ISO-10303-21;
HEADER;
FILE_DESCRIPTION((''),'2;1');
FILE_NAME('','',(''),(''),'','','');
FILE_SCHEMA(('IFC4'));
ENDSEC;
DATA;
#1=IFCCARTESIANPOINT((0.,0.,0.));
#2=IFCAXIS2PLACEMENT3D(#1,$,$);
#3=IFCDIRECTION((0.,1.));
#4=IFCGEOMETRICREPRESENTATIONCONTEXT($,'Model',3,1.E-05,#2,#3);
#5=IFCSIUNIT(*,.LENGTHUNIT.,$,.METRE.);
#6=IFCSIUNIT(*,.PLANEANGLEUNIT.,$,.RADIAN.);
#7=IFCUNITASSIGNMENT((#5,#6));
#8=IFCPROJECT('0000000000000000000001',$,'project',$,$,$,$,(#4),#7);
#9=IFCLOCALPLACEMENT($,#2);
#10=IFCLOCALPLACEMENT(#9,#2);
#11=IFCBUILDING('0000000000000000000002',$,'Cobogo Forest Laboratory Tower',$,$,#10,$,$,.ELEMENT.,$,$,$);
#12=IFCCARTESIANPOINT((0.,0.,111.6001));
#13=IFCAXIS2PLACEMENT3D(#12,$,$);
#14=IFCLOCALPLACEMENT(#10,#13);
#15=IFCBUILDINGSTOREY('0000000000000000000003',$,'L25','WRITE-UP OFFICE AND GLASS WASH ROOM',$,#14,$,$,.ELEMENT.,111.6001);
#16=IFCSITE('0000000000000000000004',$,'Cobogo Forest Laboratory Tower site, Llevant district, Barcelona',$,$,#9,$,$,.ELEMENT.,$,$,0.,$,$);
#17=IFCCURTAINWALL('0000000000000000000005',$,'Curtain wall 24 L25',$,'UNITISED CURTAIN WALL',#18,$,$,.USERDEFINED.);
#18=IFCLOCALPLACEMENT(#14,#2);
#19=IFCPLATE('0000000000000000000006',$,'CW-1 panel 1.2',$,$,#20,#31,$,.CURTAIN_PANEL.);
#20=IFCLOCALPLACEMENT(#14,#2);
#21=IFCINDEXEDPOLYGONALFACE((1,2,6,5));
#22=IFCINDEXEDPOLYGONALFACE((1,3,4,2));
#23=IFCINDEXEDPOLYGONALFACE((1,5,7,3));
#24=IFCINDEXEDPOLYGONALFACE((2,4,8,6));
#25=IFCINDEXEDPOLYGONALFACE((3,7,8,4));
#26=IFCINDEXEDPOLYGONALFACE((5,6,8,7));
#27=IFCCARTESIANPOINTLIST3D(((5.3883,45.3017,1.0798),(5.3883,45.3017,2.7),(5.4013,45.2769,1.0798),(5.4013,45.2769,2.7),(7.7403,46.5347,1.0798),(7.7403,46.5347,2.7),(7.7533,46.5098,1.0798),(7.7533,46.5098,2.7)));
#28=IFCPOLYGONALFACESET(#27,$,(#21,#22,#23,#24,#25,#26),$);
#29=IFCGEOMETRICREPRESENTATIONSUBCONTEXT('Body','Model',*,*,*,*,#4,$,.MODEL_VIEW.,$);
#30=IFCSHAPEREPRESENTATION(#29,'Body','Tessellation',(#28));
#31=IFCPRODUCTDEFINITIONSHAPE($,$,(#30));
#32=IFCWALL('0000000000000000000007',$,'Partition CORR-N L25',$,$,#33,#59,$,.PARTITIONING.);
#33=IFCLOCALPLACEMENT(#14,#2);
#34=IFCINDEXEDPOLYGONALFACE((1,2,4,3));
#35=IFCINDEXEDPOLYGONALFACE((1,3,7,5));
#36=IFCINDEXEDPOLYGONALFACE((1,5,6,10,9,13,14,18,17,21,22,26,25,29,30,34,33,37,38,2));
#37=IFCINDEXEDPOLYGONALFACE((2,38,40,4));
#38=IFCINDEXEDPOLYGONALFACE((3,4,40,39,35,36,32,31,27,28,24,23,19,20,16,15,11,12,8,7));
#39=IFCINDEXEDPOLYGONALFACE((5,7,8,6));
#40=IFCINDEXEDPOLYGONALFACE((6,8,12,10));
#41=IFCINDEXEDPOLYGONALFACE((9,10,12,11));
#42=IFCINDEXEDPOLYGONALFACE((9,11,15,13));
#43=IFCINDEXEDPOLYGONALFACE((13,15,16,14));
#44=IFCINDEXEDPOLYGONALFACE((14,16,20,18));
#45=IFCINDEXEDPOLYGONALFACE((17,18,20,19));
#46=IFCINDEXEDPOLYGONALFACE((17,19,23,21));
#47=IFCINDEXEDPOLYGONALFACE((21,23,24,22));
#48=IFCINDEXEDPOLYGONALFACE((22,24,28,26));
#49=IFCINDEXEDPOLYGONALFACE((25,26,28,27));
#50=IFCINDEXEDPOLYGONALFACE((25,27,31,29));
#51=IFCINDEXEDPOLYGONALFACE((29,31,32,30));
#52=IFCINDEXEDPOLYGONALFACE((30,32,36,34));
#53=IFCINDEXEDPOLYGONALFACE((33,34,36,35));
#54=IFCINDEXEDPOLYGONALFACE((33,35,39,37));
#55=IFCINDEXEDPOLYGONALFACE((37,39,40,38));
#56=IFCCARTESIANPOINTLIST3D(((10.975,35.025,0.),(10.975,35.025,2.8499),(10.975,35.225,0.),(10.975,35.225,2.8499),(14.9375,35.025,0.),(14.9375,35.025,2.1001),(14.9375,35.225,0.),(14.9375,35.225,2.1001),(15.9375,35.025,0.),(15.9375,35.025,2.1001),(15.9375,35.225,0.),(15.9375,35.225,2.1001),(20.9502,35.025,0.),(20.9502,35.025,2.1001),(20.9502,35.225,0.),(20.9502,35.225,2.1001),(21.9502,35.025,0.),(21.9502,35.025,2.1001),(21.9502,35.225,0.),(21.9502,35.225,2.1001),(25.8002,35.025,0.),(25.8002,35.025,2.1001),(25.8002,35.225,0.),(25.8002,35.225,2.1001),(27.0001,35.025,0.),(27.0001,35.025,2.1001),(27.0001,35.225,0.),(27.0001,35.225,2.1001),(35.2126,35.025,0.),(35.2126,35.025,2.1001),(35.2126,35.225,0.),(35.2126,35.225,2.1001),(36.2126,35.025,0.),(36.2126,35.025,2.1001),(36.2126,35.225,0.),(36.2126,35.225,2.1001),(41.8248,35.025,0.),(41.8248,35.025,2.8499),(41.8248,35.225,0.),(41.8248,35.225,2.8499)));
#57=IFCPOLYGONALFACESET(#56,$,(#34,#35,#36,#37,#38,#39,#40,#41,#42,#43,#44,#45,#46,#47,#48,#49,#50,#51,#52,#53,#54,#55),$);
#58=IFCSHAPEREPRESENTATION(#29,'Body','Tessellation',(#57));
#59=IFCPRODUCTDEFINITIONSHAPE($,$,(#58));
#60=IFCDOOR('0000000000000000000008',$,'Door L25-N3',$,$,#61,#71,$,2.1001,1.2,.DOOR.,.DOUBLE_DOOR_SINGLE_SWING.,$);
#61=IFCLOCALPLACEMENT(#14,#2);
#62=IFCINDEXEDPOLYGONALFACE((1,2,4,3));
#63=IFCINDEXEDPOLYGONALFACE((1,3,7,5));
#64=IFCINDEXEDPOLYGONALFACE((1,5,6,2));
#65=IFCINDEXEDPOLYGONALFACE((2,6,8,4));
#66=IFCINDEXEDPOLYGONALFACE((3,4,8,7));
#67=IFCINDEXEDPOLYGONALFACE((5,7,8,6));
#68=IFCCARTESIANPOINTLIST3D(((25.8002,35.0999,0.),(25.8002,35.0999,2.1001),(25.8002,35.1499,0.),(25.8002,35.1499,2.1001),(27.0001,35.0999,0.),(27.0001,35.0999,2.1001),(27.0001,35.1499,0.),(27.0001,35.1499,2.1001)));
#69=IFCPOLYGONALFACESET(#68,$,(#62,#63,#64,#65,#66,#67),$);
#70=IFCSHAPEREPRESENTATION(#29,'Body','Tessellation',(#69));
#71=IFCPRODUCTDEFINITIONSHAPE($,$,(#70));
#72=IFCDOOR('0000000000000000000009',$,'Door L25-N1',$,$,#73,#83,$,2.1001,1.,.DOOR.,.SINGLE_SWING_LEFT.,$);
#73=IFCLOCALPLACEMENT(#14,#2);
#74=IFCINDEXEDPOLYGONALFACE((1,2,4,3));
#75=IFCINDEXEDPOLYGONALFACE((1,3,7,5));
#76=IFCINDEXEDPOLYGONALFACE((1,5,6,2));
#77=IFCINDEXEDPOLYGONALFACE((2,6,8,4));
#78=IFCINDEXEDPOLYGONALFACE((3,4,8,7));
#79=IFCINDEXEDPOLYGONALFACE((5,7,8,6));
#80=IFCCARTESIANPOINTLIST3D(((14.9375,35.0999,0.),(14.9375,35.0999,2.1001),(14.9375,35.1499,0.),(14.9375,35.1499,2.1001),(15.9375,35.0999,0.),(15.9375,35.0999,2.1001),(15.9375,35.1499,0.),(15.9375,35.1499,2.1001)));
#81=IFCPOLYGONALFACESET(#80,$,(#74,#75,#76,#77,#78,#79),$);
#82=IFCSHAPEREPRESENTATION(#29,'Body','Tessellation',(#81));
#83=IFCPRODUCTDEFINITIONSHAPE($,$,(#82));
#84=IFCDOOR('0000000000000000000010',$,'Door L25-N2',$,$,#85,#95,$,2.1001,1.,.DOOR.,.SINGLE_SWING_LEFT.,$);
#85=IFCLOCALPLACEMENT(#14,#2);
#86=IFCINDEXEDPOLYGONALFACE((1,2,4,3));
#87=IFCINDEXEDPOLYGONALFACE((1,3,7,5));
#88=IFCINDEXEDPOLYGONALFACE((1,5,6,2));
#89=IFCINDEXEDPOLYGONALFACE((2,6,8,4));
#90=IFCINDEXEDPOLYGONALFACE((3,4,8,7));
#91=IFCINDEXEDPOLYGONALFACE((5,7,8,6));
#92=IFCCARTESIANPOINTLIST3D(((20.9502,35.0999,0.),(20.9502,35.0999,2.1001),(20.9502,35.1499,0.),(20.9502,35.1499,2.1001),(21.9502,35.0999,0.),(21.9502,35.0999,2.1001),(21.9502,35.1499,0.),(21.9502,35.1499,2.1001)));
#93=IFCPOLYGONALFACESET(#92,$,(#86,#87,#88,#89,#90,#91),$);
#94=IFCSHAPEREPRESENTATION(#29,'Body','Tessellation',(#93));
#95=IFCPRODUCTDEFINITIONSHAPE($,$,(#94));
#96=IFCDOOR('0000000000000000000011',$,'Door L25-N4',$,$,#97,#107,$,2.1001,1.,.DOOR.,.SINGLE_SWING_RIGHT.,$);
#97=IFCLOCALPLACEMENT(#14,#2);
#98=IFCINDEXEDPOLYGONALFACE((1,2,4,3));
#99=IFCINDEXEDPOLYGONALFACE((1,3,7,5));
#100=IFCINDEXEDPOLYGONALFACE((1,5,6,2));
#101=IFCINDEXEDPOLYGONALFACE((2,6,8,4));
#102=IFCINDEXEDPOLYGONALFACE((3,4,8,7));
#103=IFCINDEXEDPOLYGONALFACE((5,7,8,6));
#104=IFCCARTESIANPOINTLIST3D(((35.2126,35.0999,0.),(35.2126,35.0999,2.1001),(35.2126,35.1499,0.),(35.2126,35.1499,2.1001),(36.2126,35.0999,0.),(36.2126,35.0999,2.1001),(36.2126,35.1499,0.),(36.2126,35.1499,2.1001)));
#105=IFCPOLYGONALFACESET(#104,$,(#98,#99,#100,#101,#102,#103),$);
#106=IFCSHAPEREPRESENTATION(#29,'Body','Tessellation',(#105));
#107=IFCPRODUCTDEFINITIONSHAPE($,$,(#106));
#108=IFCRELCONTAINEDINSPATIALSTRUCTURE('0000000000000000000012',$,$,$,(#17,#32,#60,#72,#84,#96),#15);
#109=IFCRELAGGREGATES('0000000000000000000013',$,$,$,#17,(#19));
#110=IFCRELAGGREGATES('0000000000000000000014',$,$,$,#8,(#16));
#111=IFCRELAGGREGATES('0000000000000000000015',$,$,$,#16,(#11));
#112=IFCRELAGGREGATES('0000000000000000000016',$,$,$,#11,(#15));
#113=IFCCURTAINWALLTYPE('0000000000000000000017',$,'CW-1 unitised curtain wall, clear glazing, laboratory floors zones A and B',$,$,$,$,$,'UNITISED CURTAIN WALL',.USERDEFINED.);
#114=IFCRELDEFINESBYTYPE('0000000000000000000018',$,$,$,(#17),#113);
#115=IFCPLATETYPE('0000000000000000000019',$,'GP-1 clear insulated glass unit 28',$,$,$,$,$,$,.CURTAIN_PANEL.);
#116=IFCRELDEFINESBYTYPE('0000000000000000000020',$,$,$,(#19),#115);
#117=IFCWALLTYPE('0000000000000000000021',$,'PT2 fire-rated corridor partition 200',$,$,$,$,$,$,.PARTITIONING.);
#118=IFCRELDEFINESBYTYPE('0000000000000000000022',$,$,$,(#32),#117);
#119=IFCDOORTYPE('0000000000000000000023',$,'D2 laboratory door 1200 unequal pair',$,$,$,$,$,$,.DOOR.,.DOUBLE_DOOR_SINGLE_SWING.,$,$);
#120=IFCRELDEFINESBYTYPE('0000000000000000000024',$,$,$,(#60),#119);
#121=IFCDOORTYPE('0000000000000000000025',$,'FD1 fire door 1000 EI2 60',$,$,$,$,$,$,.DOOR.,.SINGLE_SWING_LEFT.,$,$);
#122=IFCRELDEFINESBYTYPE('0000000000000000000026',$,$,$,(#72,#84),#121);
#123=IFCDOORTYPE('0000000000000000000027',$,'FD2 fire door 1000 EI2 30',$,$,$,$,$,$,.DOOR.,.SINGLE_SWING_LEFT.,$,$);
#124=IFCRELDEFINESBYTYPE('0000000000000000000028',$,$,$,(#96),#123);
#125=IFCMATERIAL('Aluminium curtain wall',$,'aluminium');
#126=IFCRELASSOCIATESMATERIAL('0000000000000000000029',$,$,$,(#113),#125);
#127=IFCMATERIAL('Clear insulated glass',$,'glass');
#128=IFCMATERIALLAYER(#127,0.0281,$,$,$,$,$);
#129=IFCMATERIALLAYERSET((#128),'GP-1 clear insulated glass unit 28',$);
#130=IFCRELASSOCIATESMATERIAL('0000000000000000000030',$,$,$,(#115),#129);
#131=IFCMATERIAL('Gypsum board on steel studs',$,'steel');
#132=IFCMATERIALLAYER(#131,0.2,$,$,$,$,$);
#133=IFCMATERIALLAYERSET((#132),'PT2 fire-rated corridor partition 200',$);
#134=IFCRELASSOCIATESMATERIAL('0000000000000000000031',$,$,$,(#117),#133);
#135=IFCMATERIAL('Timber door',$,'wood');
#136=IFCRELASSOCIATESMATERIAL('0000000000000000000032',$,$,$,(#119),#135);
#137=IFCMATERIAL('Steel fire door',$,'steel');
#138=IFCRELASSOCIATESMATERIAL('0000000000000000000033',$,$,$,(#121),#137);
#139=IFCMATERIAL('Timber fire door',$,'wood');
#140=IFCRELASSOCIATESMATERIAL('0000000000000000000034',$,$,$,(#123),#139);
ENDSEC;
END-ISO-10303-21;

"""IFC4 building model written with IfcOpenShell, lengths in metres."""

from ifc_helpers import new_model, si_unit, direction, frame, frame_2d, origin, origin_2d, place, context, subcontext, project, spatial, rectangle, extrude, material, layer, layer_set, type_object, element, fill, aggregate, save


model = new_model("IFC4")

# Units and contexts
model_context = context("Model", 3, precision=1e-05, world=origin(), true_north=direction((0.0, 1.0)))
body_context = subcontext(model_context, "Body", "Model", "MODEL_VIEW")
ifc_project = project(units=[si_unit("LENGTHUNIT", "METRE"), si_unit("PLANEANGLEUNIT", "RADIAN")], contexts=[model_context])

# Site, building, storey
site_placement = place(None, origin())
site = spatial("IfcSite", under=ifc_project, at=site_placement, Name="Cobogo Forest Laboratory Tower site, Llevant district, Barcelona", CompositionType="ELEMENT", RefElevation=0.0)
building_placement = place(site_placement, origin())
building = spatial("IfcBuilding", under=site, at=building_placement, Name="Cobogo Forest Laboratory Tower", CompositionType="ELEMENT")
storey_placement = place(building_placement, frame((0.0, 0.0, 111.6001)))
storey = spatial("IfcBuildingStorey", under=building, at=storey_placement, Name="L25", Description="WRITE-UP OFFICE AND GLASS WASH ROOM", CompositionType="ELEMENT", Elevation=111.6001)

# Shared definitions
ifc_material_1 = material(Name="Aluminium curtain wall", Category="aluminium")
curtain_wall_type = type_object("IfcCurtainWallType", Name="CW-1 unitised curtain wall, clear glazing, laboratory floors zones A and B", ElementType="UNITISED CURTAIN WALL", PredefinedType="USERDEFINED", material=ifc_material_1)

# Curtain wall
curtain_wall_1_placement = place(storey_placement, origin())
curtain_wall_1 = element("IfcCurtainWall", 1, at=curtain_wall_1_placement, inside=storey, type_object=curtain_wall_type, Name="Curtain wall 24 L25", ObjectType="UNITISED CURTAIN WALL", PredefinedType="USERDEFINED")

# Plate
ifc_material_2 = material(Name="Clear insulated glass", Category="glass")
ifc_layer_1 = layer(ifc_material_2, 0.0281)
ifc_layer_set_1 = layer_set([ifc_layer_1], Name="GP-1 clear insulated glass unit 28")
plate_type = type_object("IfcPlateType", Name="GP-1 clear insulated glass unit 28", PredefinedType="CURTAIN_PANEL", material=ifc_layer_set_1)
plate_1_placement = place(storey_placement, frame((6.5708, 45.9058, 1.0798), z_axis=(0.0, 0.0, 1.0), x_axis=(-0.885687, -0.464284, 0.0)))
plate_1 = element("IfcPlate", 2, at=plate_1_placement, type_object=plate_type, Name="CW-1 panel 1.2", PredefinedType="CURTAIN_PANEL", context=body_context, shape_type="SweptSolid", body=[
    extrude(rectangle(XDim=2.6555, YDim=0.0281, at=origin_2d()), origin(), (0.0, 0.0, 1.0), 1.6201),
])
aggregate(curtain_wall_1, [plate_1])

# Wall, openings, doors
ifc_material_3 = material(Name="Gypsum board on steel studs", Category="steel")
ifc_layer_2 = layer(ifc_material_3, 0.2)
ifc_layer_set_2 = layer_set([ifc_layer_2], Name="PT2 fire-rated corridor partition 200")
wall_type = type_object("IfcWallType", Name="PT2 fire-rated corridor partition 200", PredefinedType="PARTITIONING", material=ifc_layer_set_2)
wall_placement = place(storey_placement, frame((10.9751, 35.125, 0.0), z_axis=(0.0, 0.0, 1.0), x_axis=(1.0, 0.0, 0.0)))
wall = element("IfcWall", 3, at=wall_placement, inside=storey, type_object=wall_type, Name="Partition CORR-N L25", PredefinedType="PARTITIONING", context=body_context, shape_type="SweptSolid", body=[
    extrude(rectangle(XDim=30.8499, YDim=0.2, at=frame_2d((15.4248, 0.0))), origin(), (0.0, 0.0, 1.0), 2.8499),
])
opening_1_placement = place(wall_placement, frame((3.9624, 0.0, 0.0)))
opening_1 = element("IfcOpeningElement", 4, at=opening_1_placement, cuts=wall, PredefinedType="OPENING", context=body_context, shape_type="SweptSolid", body=[
    extrude(rectangle(XDim=1.0, YDim=2.1001, at=frame_2d((0.5, 1.05))), frame((0.0, 0.1099, 0.0), z_axis=(0.0, -1.0, 0.0), x_axis=(1.0, 0.0, 0.0)), (0.0, 0.0, 1.0), 0.22),
])
opening_2_placement = place(wall_placement, frame((9.9751, 0.0, 0.0)))
opening_2 = element("IfcOpeningElement", 5, at=opening_2_placement, cuts=wall, PredefinedType="OPENING", context=body_context, shape_type="SweptSolid", body=[
    extrude(rectangle(XDim=1.0, YDim=2.1001, at=frame_2d((0.5, 1.05))), frame((0.0, 0.1099, 0.0), z_axis=(0.0, -1.0, 0.0), x_axis=(1.0, 0.0, 0.0)), (0.0, 0.0, 1.0), 0.22),
])
opening_3_placement = place(wall_placement, frame((14.825, 0.0, 0.0)))
opening_3 = element("IfcOpeningElement", 6, at=opening_3_placement, cuts=wall, PredefinedType="OPENING", context=body_context, shape_type="SweptSolid", body=[
    extrude(rectangle(XDim=1.2, YDim=2.1001, at=frame_2d((0.6001, 1.05))), frame((0.0, 0.1099, 0.0), z_axis=(0.0, -1.0, 0.0), x_axis=(1.0, 0.0, 0.0)), (0.0, 0.0, 1.0), 0.22),
])
opening_4_placement = place(wall_placement, frame((24.2375, 0.0, 0.0)))
opening_4 = element("IfcOpeningElement", 7, at=opening_4_placement, cuts=wall, PredefinedType="OPENING", context=body_context, shape_type="SweptSolid", body=[
    extrude(rectangle(XDim=1.0, YDim=2.1001, at=frame_2d((0.5, 1.05))), frame((0.0, 0.1099, 0.0), z_axis=(0.0, -1.0, 0.0), x_axis=(1.0, 0.0, 0.0)), (0.0, 0.0, 1.0), 0.22),
])
ifc_material_4 = material(Name="Timber door", Category="wood")
door_type_1 = type_object("IfcDoorType", Name="D2 laboratory door 1200 unequal pair", OperationType="DOUBLE_DOOR_SINGLE_SWING", PredefinedType="DOOR", material=ifc_material_4)
door_1_placement = place(opening_3_placement, origin())
door_1 = element("IfcDoor", 8, at=door_1_placement, inside=storey, type_object=door_type_1, Name="Door L25-N3", OperationType="DOUBLE_DOOR_SINGLE_SWING", OverallHeight=2.1001, OverallWidth=1.2, PredefinedType="DOOR", context=body_context, shape_type="SweptSolid", body=[
    extrude(rectangle(XDim=1.2, YDim=2.1001, at=frame_2d((0.6001, 1.05))), frame((0.0, 0.0249, 0.0), z_axis=(0.0, -1.0, 0.0), x_axis=(1.0, 0.0, 0.0)), (0.0, 0.0, 1.0), 0.05),
])
fill(opening_3, door_1)
ifc_material_5 = material(Name="Steel fire door", Category="steel")
door_type_2 = type_object("IfcDoorType", Name="FD1 fire door 1000 EI2 60", OperationType="SINGLE_SWING_LEFT", PredefinedType="DOOR", material=ifc_material_5)
door_2_placement = place(opening_1_placement, origin())
door_2 = element("IfcDoor", 9, at=door_2_placement, inside=storey, type_object=door_type_2, Name="Door L25-N1", OperationType="SINGLE_SWING_LEFT", OverallHeight=2.1001, OverallWidth=1.0, PredefinedType="DOOR", context=body_context, shape_type="SweptSolid", body=[
    extrude(rectangle(XDim=1.0, YDim=2.1001, at=frame_2d((0.5, 1.05))), frame((0.0, 0.0249, 0.0), z_axis=(0.0, -1.0, 0.0), x_axis=(1.0, 0.0, 0.0)), (0.0, 0.0, 1.0), 0.05),
])
fill(opening_1, door_2)
door_3_placement = place(opening_2_placement, origin())
door_3 = element("IfcDoor", 10, at=door_3_placement, inside=storey, type_object=door_type_2, Name="Door L25-N2", OperationType="SINGLE_SWING_LEFT", OverallHeight=2.1001, OverallWidth=1.0, PredefinedType="DOOR", context=body_context, shape_type="SweptSolid", body=[
    extrude(rectangle(XDim=1.0, YDim=2.1001, at=frame_2d((0.5, 1.05))), frame((0.0, 0.0249, 0.0), z_axis=(0.0, -1.0, 0.0), x_axis=(1.0, 0.0, 0.0)), (0.0, 0.0, 1.0), 0.05),
])
fill(opening_2, door_3)
ifc_material_6 = material(Name="Timber fire door", Category="wood")
door_type_3 = type_object("IfcDoorType", Name="FD2 fire door 1000 EI2 30", OperationType="SINGLE_SWING_LEFT", PredefinedType="DOOR", material=ifc_material_6)
door_4_placement = place(opening_4_placement, origin())
door_4 = element("IfcDoor", 11, at=door_4_placement, inside=storey, type_object=door_type_3, Name="Door L25-N4", OperationType="SINGLE_SWING_RIGHT", OverallHeight=2.1001, OverallWidth=1.0, PredefinedType="DOOR", context=body_context, shape_type="SweptSolid", body=[
    extrude(rectangle(XDim=1.0, YDim=2.1001, at=frame_2d((0.5, 1.05))), frame((0.0, 0.0249, 0.0), z_axis=(0.0, -1.0, 0.0), x_axis=(1.0, 0.0, 0.0)), (0.0, 0.0, 1.0), 0.05),
])
fill(opening_4, door_4)

save(model, "model.ifc")
